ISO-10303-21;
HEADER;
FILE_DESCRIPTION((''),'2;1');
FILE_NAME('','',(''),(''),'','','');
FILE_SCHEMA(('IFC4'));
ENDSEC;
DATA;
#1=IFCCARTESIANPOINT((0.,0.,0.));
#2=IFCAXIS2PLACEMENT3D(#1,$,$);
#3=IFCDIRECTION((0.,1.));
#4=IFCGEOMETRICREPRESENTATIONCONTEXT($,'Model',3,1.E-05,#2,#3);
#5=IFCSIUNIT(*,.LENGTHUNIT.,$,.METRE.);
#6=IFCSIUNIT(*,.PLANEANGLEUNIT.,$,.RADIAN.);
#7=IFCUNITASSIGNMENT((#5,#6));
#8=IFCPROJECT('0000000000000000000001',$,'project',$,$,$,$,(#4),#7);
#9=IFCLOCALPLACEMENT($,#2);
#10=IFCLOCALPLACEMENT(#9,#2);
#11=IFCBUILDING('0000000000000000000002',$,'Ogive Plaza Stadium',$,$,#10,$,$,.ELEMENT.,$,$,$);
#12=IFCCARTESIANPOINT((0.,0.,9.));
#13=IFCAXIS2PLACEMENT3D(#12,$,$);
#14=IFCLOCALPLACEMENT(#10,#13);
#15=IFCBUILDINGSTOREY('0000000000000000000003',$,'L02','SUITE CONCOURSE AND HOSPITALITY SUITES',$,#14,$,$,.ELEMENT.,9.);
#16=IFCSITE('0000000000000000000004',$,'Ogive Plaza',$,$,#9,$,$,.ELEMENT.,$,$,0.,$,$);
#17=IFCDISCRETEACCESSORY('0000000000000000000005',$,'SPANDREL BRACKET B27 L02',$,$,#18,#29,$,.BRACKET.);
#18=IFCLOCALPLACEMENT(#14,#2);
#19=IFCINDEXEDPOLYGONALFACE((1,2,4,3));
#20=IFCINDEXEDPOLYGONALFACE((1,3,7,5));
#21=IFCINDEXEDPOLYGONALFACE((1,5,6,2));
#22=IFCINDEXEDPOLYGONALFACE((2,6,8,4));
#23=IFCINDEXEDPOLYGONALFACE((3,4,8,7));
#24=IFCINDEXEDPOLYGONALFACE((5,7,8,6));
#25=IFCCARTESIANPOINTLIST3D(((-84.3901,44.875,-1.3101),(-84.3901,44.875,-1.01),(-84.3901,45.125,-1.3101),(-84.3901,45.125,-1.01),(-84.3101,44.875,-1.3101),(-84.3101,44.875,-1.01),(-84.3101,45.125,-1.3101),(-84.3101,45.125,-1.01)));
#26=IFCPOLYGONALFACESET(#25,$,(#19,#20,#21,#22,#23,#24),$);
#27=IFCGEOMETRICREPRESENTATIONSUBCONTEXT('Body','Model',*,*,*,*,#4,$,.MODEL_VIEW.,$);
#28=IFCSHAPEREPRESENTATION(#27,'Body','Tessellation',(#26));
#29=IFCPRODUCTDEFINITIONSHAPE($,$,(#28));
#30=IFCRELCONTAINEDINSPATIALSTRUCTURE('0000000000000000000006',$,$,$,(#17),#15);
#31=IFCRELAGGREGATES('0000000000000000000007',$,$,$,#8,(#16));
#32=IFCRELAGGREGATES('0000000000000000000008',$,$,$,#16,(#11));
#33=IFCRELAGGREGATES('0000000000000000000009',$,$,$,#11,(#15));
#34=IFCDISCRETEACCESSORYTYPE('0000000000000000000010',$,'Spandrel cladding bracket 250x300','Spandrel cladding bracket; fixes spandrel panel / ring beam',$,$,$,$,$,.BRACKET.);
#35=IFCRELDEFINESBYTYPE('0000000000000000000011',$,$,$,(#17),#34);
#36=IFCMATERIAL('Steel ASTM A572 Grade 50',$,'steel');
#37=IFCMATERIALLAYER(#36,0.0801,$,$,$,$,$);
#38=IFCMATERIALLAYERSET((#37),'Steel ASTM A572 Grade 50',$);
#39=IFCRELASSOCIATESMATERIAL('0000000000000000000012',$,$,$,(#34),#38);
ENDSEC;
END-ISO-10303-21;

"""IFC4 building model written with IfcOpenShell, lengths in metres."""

from ifc_helpers import new_model, si_unit, direction, frame, origin, origin_2d, place, context, subcontext, project, spatial, rectangle, extrude, material, layer, layer_set, type_object, element, save


model = new_model("IFC4")

# Units and contexts
model_context = context("Model", 3, precision=1e-05, world=origin(), true_north=direction((0.0, 1.0)))
body_context = subcontext(model_context, "Body", "Model", "MODEL_VIEW")
ifc_project = project(units=[si_unit("LENGTHUNIT", "METRE"), si_unit("PLANEANGLEUNIT", "RADIAN")], contexts=[model_context])

# Site, building, storey
site_placement = place(None, origin())
site = spatial("IfcSite", under=ifc_project, at=site_placement, Name="Ogive Plaza", CompositionType="ELEMENT", RefElevation=0.0)
building_placement = place(site_placement, origin())
building = spatial("IfcBuilding", under=site, at=building_placement, Name="Ogive Plaza Stadium", CompositionType="ELEMENT")
storey_placement = place(building_placement, frame((0.0, 0.0, 9.0)))
storey = spatial("IfcBuildingStorey", under=building, at=storey_placement, Name="L02", Description="SUITE CONCOURSE AND HOSPITALITY SUITES", CompositionType="ELEMENT", Elevation=9.0)

# Discrete accessory
ifc_material_1 = material(Name="Steel ASTM A572 Grade 50", Category="steel")
ifc_layer_1 = layer(ifc_material_1, 0.0801)
ifc_layer_set_1 = layer_set([ifc_layer_1], Name="Steel ASTM A572 Grade 50")
discrete_accessory_type = type_object("IfcDiscreteAccessoryType", Name="Spandrel cladding bracket 250x300", Description="Spandrel cladding bracket; fixes spandrel panel / ring beam", PredefinedType="BRACKET", material=ifc_layer_set_1)
discrete_accessory_placement = place(storey_placement, frame((-84.3501, 45.0, -1.3101), z_axis=(0.0, 0.0, 1.0), x_axis=(0.0, 1.0, 0.0)))
element("IfcDiscreteAccessory", 1, at=discrete_accessory_placement, inside=storey, type_object=discrete_accessory_type, Name="SPANDREL BRACKET B27 L02", PredefinedType="BRACKET", context=body_context, shape_type="SweptSolid", body=[
    extrude(rectangle(XDim=0.25, YDim=0.0801, at=origin_2d()), origin(), (0.0, 0.0, 1.0), 0.3),
])

save(model, "model.ifc")
